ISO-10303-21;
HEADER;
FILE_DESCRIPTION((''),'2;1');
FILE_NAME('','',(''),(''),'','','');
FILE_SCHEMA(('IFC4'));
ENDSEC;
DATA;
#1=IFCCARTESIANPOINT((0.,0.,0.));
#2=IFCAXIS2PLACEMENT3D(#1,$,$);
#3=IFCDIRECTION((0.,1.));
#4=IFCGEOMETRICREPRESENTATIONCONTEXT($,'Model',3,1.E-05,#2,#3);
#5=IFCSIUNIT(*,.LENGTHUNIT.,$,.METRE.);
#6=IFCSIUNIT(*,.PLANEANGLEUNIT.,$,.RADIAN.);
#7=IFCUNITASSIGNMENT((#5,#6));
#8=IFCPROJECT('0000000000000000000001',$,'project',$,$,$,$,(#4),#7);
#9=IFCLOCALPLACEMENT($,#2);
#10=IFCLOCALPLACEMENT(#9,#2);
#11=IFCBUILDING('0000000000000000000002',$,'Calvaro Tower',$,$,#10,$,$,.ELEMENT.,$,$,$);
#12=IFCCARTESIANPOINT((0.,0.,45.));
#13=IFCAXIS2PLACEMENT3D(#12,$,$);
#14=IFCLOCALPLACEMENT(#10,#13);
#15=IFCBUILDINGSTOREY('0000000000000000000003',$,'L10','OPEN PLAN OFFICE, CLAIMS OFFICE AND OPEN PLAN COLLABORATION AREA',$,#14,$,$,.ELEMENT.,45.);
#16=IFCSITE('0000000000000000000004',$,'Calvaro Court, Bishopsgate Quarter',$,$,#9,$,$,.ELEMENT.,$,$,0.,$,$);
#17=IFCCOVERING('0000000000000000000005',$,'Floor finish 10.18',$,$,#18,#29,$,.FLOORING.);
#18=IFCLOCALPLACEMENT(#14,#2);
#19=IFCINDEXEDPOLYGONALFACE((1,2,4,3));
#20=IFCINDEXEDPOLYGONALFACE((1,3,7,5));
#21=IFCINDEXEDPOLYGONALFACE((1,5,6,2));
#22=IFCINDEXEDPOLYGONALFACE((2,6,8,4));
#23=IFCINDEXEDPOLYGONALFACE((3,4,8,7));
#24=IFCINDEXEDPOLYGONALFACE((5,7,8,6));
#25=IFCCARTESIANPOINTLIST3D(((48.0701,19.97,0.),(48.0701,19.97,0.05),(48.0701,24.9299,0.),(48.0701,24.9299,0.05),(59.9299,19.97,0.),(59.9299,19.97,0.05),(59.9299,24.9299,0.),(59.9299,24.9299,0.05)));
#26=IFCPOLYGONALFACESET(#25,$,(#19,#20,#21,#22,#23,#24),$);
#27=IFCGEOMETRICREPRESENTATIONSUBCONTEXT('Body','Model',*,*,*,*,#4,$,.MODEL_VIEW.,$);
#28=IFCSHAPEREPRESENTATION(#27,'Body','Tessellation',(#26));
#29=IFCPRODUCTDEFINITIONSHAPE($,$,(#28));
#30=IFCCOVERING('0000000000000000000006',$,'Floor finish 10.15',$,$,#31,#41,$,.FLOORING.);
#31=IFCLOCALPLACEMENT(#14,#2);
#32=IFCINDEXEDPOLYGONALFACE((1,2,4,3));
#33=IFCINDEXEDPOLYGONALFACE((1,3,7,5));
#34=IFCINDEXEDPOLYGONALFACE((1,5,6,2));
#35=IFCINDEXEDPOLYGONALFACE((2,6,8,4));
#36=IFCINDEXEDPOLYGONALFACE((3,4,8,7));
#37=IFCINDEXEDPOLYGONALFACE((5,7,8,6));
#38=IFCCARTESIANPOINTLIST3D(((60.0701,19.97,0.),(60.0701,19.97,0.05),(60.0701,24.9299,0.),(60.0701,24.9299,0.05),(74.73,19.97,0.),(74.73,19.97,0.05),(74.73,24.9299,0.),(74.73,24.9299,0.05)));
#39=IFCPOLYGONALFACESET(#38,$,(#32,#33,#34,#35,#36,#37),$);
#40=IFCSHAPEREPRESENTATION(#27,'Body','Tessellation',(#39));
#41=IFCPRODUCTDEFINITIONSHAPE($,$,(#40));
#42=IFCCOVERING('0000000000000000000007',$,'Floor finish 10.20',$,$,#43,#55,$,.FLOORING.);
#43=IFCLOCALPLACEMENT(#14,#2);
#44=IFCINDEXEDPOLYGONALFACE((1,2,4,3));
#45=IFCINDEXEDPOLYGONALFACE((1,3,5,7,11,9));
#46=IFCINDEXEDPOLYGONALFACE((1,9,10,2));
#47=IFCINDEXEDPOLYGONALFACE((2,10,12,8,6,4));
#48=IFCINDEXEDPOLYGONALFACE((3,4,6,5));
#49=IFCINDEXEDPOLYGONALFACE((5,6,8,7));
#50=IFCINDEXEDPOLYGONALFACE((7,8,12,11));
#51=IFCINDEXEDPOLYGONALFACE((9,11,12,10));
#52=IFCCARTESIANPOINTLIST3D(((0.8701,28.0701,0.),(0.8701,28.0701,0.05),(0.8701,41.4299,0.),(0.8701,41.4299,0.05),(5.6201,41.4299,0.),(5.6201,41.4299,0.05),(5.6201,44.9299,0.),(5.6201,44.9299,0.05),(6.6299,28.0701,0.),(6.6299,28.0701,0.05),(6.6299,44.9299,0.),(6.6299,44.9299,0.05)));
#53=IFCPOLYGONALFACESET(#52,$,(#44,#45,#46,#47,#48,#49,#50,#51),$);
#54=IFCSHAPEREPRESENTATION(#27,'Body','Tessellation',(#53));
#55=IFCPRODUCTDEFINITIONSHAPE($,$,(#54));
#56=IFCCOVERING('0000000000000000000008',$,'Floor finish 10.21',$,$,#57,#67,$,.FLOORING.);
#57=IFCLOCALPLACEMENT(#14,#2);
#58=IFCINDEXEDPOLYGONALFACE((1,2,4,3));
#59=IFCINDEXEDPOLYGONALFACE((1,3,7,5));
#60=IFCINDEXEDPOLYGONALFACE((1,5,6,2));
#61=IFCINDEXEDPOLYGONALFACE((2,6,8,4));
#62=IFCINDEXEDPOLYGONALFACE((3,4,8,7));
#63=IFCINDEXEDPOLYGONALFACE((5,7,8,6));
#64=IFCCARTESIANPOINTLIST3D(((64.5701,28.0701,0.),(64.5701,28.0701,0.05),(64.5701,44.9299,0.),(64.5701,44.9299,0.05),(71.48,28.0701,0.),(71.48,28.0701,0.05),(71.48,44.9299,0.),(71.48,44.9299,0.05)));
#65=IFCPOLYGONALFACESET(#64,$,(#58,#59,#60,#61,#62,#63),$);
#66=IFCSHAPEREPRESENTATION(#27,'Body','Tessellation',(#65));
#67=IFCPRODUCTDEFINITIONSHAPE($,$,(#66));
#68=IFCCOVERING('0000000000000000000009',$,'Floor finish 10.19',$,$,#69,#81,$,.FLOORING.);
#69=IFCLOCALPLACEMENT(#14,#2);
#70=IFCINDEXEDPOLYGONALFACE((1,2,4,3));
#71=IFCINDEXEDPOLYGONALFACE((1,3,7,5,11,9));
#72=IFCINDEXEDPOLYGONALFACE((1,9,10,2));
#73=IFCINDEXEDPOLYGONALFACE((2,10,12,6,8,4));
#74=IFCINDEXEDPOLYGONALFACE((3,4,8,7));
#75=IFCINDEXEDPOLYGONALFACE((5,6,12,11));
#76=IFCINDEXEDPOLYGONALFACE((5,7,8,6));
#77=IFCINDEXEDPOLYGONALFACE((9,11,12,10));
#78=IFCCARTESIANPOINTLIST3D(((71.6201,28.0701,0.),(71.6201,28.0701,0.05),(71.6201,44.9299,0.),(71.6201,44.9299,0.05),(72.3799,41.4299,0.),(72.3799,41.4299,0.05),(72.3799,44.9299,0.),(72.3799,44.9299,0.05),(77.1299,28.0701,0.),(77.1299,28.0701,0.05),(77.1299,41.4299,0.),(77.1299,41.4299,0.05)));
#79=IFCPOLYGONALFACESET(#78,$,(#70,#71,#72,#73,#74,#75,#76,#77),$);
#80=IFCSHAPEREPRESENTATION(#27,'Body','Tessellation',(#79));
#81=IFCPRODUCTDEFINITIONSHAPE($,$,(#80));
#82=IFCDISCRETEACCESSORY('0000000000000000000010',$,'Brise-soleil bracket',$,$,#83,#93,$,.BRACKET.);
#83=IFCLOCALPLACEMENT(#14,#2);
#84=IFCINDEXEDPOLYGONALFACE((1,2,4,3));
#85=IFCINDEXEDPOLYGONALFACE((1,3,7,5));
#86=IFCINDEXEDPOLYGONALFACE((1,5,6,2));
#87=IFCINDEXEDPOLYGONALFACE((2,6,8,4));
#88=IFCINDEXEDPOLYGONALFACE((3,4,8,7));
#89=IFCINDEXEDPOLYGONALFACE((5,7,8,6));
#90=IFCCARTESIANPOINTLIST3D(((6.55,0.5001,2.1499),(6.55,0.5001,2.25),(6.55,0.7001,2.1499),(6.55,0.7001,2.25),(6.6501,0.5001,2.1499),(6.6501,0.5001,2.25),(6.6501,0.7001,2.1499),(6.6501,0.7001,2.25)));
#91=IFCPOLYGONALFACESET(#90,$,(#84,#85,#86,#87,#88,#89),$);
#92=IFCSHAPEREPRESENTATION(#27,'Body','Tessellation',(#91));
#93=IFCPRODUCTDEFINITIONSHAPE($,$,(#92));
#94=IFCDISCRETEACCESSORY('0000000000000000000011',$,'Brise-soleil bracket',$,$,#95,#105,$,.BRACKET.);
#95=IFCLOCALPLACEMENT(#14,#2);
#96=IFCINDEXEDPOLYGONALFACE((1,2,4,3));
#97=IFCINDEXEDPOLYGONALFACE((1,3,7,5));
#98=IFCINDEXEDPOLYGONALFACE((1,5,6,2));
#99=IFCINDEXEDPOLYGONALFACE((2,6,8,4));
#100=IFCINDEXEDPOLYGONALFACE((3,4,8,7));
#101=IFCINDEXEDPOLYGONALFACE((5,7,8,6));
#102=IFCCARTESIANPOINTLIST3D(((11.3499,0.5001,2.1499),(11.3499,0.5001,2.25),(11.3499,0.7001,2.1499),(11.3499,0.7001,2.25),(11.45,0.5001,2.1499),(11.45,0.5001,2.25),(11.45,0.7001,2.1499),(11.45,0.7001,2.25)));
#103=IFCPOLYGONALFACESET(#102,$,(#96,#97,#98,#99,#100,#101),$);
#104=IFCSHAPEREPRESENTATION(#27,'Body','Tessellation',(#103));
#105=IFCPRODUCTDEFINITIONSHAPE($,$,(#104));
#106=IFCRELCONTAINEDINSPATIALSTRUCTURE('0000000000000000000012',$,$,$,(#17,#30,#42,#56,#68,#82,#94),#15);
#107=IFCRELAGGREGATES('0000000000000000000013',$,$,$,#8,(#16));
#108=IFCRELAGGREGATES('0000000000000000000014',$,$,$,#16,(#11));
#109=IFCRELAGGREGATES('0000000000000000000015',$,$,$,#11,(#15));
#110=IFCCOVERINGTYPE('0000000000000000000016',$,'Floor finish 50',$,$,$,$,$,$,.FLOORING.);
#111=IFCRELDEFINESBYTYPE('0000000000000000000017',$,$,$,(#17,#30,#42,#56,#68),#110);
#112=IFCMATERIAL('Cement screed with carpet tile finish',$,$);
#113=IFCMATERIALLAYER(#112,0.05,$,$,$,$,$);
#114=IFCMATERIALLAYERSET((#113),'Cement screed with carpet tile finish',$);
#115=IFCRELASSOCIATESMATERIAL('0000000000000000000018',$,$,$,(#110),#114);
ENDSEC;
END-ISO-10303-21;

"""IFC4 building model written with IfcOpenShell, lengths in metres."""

from ifc_helpers import new_model, si_unit, direction, frame, origin, origin_2d, place, context, subcontext, project, spatial, polyline, rectangle, outline, extrude, material, layer, layer_set, type_object, element, save


model = new_model("IFC4")

# Units and contexts
model_context = context("Model", 3, precision=1e-05, world=origin(), true_north=direction((0.0, 1.0)))
body_context = subcontext(model_context, "Body", "Model", "MODEL_VIEW")
ifc_project = project(units=[si_unit("LENGTHUNIT", "METRE"), si_unit("PLANEANGLEUNIT", "RADIAN")], contexts=[model_context])

# Site, building, storey
site_placement = place(None, origin())
site = spatial("IfcSite", under=ifc_project, at=site_placement, Name="Calvaro Court, Bishopsgate Quarter", CompositionType="ELEMENT", RefElevation=0.0)
building_placement = place(site_placement, origin())
building = spatial("IfcBuilding", under=site, at=building_placement, Name="Calvaro Tower", CompositionType="ELEMENT")
storey_placement = place(building_placement, frame((0.0, 0.0, 45.0)))
storey = spatial("IfcBuildingStorey", under=building, at=storey_placement, Name="L10", Description="OPEN PLAN OFFICE, CLAIMS OFFICE AND OPEN PLAN COLLABORATION AREA", CompositionType="ELEMENT", Elevation=45.0)

# Coverings
ifc_material_1 = material(Name="Cement screed with carpet tile finish")
ifc_layer_1 = layer(ifc_material_1, 0.05)
ifc_layer_set_1 = layer_set([ifc_layer_1], Name="Cement screed with carpet tile finish")
covering_type = type_object("IfcCoveringType", Name="Floor finish 50", PredefinedType="FLOORING", material=ifc_layer_set_1)
covering_1_placement = place(storey_placement, origin())
element("IfcCovering", 1, at=covering_1_placement, inside=storey, type_object=covering_type, Name="Floor finish 10.18", PredefinedType="FLOORING", context=body_context, shape_type="SweptSolid", body=[
    extrude(outline(polyline([(48.0701, 19.97), (48.0701, 24.9299), (59.9299, 24.9299), (59.9299, 19.97), (48.0701, 19.97)])), origin(), (0.0, 0.0, 1.0), 0.05),
])
covering_2_placement = place(storey_placement, origin())
element("IfcCovering", 2, at=covering_2_placement, inside=storey, type_object=covering_type, Name="Floor finish 10.15", PredefinedType="FLOORING", context=body_context, shape_type="SweptSolid", body=[
    extrude(outline(polyline([(60.0701, 19.97), (60.0701, 24.9299), (74.73, 24.9299), (74.73, 19.97), (60.0701, 19.97)])), origin(), (0.0, 0.0, 1.0), 0.05),
])
covering_3_placement = place(storey_placement, origin())
element("IfcCovering", 3, at=covering_3_placement, inside=storey, type_object=covering_type, Name="Floor finish 10.20", PredefinedType="FLOORING", context=body_context, shape_type="SweptSolid", body=[
    extrude(outline(polyline([(6.6299, 28.0701), (0.8701, 28.0701), (0.8701, 41.4299), (5.6201, 41.4299), (5.6201, 44.9299), (6.6299, 44.9299), (6.6299, 28.0701)])), origin(), (0.0, 0.0, 1.0), 0.05),
])
covering_4_placement = place(storey_placement, origin())
element("IfcCovering", 4, at=covering_4_placement, inside=storey, type_object=covering_type, Name="Floor finish 10.21", PredefinedType="FLOORING", context=body_context, shape_type="SweptSolid", body=[
    extrude(outline(polyline([(71.48, 28.0701), (64.5701, 28.0701), (64.5701, 44.9299), (71.48, 44.9299), (71.48, 28.0701)])), origin(), (0.0, 0.0, 1.0), 0.05),
])
covering_5_placement = place(storey_placement, origin())
element("IfcCovering", 5, at=covering_5_placement, inside=storey, type_object=covering_type, Name="Floor finish 10.19", PredefinedType="FLOORING", context=body_context, shape_type="SweptSolid", body=[
    extrude(outline(polyline([(77.1299, 28.0701), (71.6201, 28.0701), (71.6201, 44.9299), (72.3799, 44.9299), (72.3799, 41.4299), (77.1299, 41.4299), (77.1299, 28.0701)])), origin(), (0.0, 0.0, 1.0), 0.05),
])

# Discrete accessories
for number, where, z_axis, x_axis, name in (
    (6, (6.6001, 0.6001, 2.1499), (0.0, 0.0, 1.0), (1.0, 0.0, 0.0), "Brise-soleil bracket"),
    (7, (11.3999, 0.6001, 2.1499), (0.0, 0.0, 1.0), (1.0, 0.0, 0.0), "Brise-soleil bracket"),
):
    element("IfcDiscreteAccessory", number, at=place(storey_placement, frame(where, z_axis=z_axis, x_axis=x_axis)), inside=storey, Name=name, PredefinedType="BRACKET", context=body_context, shape_type="SweptSolid", body=[
        extrude(rectangle(XDim=0.1001, YDim=0.2, at=origin_2d()), origin(), (0.0, 0.0, 1.0), 0.1001),
    ])

save(model, "model.ifc")
